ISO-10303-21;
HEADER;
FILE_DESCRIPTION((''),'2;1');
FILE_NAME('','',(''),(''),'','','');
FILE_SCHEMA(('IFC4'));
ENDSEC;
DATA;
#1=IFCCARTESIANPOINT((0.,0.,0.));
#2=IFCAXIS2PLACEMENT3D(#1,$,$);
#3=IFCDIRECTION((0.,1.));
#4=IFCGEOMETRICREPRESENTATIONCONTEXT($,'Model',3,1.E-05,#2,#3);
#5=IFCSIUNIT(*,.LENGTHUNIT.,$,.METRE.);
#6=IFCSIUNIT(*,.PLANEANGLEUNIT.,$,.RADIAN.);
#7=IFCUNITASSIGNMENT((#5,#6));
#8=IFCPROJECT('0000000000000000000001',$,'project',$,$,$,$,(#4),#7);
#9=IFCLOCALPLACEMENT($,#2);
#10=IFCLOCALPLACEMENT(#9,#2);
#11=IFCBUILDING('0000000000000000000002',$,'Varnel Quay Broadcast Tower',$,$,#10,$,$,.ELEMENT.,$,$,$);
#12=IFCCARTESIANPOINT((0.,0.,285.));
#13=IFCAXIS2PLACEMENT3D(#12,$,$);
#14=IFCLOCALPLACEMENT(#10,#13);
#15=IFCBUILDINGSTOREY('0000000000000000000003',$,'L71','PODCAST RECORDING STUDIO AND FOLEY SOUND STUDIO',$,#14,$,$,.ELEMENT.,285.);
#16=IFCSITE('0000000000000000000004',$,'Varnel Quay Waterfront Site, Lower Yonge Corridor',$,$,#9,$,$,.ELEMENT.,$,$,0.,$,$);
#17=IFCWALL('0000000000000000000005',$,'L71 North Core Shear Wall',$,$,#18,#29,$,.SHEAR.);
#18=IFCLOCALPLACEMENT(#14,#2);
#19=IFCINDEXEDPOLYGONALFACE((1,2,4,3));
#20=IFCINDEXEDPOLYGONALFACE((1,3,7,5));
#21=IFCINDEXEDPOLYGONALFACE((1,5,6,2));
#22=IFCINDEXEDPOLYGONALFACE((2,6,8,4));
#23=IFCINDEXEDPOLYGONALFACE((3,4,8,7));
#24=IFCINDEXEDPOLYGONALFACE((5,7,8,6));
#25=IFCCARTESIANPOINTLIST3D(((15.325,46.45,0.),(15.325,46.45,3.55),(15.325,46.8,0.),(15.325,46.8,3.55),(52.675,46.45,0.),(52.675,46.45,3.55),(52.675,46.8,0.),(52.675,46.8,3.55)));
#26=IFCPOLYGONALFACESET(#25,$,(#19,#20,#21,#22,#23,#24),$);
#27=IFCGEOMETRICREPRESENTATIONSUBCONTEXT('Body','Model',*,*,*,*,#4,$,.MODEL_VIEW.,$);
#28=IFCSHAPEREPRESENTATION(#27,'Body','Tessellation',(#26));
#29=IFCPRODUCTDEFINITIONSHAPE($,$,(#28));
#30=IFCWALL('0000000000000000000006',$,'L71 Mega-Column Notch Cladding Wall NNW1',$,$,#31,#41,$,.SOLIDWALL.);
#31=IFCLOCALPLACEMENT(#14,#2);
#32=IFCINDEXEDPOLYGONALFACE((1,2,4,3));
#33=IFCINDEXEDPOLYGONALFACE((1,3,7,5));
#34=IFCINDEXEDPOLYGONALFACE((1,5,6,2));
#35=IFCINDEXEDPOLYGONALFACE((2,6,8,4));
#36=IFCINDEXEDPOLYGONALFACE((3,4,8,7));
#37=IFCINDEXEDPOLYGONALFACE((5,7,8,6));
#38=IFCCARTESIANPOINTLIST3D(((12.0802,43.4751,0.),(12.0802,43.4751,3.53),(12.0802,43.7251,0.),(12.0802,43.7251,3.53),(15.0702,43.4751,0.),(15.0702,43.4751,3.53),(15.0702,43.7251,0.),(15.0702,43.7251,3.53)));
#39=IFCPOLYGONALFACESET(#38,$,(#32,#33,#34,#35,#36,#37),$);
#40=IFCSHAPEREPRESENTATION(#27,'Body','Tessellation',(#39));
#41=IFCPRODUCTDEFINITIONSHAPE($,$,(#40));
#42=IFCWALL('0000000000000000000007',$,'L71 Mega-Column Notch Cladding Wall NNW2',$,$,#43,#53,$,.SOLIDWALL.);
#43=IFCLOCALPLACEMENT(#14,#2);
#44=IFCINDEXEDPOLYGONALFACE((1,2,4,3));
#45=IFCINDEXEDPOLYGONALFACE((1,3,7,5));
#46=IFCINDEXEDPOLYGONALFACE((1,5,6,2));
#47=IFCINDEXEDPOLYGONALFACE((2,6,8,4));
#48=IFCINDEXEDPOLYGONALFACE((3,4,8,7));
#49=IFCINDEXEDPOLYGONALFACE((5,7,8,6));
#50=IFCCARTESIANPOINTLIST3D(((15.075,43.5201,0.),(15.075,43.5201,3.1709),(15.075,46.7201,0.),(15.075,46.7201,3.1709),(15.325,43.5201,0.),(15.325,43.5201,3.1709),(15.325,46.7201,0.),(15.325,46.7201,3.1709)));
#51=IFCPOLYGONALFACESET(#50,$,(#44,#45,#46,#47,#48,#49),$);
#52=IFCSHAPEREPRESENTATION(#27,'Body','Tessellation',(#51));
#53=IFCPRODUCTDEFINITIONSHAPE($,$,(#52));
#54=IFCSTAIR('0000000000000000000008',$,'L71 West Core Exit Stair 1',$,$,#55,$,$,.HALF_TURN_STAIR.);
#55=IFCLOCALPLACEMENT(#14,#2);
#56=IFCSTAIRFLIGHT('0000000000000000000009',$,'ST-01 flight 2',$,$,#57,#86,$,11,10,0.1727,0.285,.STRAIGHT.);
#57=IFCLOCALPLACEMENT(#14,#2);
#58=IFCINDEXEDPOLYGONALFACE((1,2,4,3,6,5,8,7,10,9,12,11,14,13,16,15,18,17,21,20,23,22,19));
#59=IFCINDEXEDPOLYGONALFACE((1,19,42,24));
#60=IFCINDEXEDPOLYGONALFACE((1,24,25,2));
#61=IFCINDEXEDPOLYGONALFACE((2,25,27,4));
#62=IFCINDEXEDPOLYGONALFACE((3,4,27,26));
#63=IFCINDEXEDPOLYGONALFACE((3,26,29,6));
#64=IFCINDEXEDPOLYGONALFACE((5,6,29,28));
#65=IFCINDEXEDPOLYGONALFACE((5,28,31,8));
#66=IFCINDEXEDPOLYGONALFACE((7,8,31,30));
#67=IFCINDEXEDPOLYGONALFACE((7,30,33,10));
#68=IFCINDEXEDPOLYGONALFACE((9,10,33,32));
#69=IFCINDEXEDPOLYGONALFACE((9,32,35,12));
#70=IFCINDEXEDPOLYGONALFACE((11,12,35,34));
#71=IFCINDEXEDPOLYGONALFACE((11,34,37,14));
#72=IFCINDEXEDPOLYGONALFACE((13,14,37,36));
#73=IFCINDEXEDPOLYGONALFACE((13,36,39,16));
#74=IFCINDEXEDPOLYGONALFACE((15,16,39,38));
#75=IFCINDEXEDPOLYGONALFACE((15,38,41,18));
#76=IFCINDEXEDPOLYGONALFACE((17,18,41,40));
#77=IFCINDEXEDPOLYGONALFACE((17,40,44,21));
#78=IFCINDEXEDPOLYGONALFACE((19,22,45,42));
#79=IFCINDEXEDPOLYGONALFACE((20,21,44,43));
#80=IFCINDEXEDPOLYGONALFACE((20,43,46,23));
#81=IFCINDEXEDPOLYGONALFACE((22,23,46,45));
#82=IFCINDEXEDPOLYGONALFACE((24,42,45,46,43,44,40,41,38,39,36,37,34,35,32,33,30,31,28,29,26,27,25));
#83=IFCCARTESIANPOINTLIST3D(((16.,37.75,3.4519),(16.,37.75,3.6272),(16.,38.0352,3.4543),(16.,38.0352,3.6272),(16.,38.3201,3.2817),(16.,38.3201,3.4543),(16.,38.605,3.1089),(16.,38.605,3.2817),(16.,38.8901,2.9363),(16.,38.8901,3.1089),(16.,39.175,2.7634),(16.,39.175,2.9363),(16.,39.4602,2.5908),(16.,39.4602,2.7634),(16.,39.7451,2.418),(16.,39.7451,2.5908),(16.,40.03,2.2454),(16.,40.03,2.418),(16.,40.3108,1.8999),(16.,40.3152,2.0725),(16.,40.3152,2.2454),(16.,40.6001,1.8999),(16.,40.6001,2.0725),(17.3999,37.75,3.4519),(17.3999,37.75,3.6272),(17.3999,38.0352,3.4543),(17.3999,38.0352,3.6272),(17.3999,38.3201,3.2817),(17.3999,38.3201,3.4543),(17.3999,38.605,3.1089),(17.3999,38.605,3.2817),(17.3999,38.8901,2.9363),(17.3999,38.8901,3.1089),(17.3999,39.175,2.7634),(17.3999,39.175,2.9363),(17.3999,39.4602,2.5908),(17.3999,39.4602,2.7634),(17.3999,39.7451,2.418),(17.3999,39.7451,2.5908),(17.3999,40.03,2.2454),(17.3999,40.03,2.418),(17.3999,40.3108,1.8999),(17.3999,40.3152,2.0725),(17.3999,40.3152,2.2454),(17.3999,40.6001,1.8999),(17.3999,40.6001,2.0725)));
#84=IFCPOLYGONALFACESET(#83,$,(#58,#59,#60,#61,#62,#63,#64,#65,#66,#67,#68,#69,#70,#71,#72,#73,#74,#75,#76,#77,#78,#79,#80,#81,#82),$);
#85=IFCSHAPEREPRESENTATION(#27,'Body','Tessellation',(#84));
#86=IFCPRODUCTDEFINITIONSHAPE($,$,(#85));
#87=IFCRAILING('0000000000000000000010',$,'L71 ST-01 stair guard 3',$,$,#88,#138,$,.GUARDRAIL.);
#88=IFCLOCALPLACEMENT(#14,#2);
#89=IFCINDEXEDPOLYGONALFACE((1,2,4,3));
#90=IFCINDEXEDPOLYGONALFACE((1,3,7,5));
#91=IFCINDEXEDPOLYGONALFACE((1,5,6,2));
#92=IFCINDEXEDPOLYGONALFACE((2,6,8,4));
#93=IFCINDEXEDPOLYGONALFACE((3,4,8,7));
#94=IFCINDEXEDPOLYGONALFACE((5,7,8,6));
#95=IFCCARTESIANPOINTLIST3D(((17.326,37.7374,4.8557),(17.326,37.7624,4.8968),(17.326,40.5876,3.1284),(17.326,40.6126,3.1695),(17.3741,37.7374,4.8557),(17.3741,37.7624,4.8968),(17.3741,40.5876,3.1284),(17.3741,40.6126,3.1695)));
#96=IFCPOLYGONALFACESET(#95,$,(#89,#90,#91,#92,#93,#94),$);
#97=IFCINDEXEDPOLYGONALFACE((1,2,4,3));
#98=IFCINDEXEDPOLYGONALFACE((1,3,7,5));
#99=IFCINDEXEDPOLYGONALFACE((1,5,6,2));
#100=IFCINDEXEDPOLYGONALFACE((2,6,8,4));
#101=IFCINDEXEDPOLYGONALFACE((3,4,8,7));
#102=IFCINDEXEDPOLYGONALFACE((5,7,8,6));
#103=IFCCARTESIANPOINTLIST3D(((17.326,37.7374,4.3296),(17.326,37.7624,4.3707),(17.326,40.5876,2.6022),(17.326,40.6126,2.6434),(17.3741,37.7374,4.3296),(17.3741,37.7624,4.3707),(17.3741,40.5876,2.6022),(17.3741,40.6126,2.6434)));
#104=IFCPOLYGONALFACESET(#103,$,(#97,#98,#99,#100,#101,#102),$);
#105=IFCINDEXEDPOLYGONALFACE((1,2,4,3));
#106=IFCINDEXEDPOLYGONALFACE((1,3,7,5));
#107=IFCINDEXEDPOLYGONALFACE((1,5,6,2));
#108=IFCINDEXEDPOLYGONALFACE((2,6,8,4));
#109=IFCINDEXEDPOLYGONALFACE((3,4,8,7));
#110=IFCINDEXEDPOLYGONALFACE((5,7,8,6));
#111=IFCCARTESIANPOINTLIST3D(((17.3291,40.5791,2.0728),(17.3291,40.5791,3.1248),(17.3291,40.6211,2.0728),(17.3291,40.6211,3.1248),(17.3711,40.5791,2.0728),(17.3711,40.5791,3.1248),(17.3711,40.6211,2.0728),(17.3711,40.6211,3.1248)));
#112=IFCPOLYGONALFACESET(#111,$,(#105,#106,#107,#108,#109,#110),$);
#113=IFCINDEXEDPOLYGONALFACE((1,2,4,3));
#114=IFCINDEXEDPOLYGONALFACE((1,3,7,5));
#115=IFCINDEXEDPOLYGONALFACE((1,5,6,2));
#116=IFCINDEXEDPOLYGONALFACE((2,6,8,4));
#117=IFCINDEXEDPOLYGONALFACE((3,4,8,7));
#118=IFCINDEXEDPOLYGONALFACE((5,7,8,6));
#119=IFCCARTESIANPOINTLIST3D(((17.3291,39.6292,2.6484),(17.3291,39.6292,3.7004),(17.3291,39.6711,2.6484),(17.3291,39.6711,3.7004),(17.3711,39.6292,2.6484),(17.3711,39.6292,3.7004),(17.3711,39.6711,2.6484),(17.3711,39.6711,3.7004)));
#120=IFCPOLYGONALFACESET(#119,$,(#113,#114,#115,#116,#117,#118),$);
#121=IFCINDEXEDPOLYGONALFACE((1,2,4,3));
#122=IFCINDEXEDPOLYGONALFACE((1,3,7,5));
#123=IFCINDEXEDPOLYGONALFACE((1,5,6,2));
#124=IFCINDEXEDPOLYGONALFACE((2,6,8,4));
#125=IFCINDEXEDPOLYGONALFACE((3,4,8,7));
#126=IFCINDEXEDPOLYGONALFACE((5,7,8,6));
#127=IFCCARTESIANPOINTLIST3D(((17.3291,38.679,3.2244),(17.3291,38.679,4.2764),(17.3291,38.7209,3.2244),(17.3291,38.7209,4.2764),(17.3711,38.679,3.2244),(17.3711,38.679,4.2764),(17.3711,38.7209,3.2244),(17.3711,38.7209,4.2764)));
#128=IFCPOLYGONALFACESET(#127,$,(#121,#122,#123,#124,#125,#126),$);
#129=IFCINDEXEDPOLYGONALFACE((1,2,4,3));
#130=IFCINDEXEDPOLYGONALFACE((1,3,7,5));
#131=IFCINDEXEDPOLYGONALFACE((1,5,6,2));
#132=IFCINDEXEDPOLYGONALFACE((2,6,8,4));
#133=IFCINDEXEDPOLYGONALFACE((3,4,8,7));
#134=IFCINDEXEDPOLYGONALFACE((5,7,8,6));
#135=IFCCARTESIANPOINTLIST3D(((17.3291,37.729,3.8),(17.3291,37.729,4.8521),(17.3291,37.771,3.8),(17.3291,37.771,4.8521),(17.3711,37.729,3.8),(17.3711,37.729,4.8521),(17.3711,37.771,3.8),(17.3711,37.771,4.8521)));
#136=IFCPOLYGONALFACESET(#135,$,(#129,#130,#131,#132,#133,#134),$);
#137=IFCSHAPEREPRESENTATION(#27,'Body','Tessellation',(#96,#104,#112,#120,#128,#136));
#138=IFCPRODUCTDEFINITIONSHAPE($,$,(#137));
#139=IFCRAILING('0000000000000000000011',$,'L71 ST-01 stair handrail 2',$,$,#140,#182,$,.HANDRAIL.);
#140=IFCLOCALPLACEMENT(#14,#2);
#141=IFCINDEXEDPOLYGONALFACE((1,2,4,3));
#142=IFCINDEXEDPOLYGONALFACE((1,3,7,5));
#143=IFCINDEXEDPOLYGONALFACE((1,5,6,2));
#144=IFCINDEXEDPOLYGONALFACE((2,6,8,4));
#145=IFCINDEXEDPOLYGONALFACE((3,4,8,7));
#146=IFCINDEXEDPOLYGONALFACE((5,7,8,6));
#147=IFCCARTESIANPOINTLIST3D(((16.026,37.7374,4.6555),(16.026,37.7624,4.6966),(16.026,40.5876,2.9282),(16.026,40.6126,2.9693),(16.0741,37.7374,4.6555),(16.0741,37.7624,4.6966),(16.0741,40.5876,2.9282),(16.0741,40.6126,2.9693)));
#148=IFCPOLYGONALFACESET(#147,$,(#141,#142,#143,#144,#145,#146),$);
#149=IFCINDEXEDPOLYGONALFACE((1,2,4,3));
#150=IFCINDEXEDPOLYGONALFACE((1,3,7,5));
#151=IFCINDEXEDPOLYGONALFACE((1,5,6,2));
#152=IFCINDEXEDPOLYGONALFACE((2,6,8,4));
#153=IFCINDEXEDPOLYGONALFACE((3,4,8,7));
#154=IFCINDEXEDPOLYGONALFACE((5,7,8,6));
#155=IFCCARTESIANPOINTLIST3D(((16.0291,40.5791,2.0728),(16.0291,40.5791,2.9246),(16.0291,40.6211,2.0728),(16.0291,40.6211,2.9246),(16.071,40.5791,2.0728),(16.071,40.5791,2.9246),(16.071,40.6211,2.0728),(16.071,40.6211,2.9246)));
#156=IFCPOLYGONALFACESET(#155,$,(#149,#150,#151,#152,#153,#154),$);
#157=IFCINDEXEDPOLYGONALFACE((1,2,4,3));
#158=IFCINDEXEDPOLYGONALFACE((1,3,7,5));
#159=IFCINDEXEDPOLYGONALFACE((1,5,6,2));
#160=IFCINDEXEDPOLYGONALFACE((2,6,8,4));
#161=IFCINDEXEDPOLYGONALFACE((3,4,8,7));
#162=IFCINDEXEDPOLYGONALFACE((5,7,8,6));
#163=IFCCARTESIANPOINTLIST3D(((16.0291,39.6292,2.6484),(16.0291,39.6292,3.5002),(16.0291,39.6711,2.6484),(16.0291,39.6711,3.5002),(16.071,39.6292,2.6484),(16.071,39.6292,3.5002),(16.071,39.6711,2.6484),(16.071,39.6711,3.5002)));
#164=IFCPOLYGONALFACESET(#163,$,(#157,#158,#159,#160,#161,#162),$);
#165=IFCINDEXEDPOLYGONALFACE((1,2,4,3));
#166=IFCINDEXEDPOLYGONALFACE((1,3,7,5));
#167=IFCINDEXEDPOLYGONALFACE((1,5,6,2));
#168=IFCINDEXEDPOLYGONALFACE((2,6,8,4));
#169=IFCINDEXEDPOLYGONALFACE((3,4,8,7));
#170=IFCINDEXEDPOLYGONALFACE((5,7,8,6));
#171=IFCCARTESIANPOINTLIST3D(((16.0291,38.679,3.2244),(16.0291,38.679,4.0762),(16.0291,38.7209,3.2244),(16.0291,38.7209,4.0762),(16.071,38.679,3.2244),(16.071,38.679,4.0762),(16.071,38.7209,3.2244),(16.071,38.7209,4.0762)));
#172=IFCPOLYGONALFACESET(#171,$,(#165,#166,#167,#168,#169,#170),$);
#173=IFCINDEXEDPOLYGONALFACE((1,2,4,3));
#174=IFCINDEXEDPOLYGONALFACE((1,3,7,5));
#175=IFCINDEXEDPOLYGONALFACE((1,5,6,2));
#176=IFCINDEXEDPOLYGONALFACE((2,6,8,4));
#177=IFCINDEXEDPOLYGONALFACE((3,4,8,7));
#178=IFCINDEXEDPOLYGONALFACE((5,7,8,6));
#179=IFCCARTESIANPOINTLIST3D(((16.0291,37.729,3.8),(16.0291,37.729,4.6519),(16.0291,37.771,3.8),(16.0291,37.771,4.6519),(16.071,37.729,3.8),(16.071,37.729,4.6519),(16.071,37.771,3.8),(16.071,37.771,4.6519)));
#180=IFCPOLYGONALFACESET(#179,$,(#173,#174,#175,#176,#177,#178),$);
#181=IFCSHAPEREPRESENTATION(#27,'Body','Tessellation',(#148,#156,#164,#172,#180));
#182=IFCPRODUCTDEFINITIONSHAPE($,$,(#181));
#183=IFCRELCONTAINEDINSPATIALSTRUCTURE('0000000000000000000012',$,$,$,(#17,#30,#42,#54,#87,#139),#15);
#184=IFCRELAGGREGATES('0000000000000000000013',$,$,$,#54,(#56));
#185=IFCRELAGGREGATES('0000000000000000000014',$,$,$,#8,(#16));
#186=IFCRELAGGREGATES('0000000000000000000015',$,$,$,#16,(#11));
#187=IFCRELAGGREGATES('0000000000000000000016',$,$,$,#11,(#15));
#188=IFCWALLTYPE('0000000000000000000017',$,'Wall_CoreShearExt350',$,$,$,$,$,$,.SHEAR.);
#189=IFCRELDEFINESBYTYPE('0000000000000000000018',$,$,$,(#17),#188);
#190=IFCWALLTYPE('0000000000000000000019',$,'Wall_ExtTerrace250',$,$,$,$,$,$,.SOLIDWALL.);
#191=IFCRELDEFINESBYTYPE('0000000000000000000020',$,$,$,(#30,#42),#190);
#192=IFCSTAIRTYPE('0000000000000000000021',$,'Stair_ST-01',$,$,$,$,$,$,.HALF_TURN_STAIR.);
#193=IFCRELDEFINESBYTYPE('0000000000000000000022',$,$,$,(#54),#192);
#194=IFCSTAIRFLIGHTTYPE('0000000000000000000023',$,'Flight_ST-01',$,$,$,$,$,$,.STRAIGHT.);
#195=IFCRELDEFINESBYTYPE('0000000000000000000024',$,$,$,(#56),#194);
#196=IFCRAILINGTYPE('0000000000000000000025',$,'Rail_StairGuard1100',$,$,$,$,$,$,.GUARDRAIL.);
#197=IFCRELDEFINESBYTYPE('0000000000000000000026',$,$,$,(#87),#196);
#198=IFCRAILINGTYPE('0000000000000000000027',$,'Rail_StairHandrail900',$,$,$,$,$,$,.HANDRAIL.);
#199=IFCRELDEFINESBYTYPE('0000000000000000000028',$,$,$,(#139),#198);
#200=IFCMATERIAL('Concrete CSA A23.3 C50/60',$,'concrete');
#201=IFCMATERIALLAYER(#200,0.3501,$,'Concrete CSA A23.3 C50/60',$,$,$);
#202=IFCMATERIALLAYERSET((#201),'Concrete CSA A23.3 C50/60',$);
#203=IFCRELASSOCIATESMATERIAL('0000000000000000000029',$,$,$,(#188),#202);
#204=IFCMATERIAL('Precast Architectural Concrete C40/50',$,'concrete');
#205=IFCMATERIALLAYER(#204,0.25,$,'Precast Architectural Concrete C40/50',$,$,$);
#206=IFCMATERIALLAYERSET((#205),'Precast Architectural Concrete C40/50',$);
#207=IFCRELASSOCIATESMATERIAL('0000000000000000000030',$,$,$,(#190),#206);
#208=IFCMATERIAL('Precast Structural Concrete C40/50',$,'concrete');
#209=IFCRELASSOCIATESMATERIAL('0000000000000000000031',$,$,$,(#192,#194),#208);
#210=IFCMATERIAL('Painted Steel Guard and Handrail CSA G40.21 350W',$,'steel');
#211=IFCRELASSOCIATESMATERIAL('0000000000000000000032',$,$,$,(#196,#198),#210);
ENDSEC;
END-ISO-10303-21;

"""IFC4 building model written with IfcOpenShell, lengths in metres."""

from ifc_helpers import new_model, si_unit, direction, frame, frame_2d, origin, origin_2d, place, context, subcontext, project, spatial, polyline, rectangle, outline, extrude, material, layer, layer_set, type_object, element, aggregate, save


model = new_model("IFC4")

# Units and contexts
model_context = context("Model", 3, precision=1e-05, world=origin(), true_north=direction((0.0, 1.0)))
body_context = subcontext(model_context, "Body", "Model", "MODEL_VIEW")
ifc_project = project(units=[si_unit("LENGTHUNIT", "METRE"), si_unit("PLANEANGLEUNIT", "RADIAN")], contexts=[model_context])

# Site, building, storey
site_placement = place(None, origin())
site = spatial("IfcSite", under=ifc_project, at=site_placement, Name="Varnel Quay Waterfront Site, Lower Yonge Corridor", CompositionType="ELEMENT", RefElevation=0.0)
building_placement = place(site_placement, origin())
building = spatial("IfcBuilding", under=site, at=building_placement, Name="Varnel Quay Broadcast Tower", CompositionType="ELEMENT")
storey_placement = place(building_placement, frame((0.0, 0.0, 285.0)))
storey = spatial("IfcBuildingStorey", under=building, at=storey_placement, Name="L71", Description="PODCAST RECORDING STUDIO AND FOLEY SOUND STUDIO", CompositionType="ELEMENT", Elevation=285.0)

# Walls
ifc_material_1 = material(Name="Concrete CSA A23.3 C50/60", Category="concrete")
ifc_layer_1 = layer(ifc_material_1, 0.3501, Name="Concrete CSA A23.3 C50/60")
ifc_layer_set_1 = layer_set([ifc_layer_1], Name="Concrete CSA A23.3 C50/60")
wall_type_1 = type_object("IfcWallType", Name="Wall_CoreShearExt350", PredefinedType="SHEAR", material=ifc_layer_set_1)
wall_1_placement = place(storey_placement, frame((15.325, 46.625, 0.0), z_axis=(0.0, 0.0, 1.0), x_axis=(1.0, 0.0, 0.0)))
element("IfcWall", 1, at=wall_1_placement, inside=storey, type_object=wall_type_1, Name="L71 North Core Shear Wall", PredefinedType="SHEAR", context=body_context, shape_type="SweptSolid", body=[
    extrude(rectangle(XDim=37.3501, YDim=0.3501, at=frame_2d((18.675, 0.0))), origin(), (0.0, 0.0, 1.0), 3.55),
])
ifc_material_2 = material(Name="Precast Architectural Concrete C40/50", Category="concrete")
ifc_layer_2 = layer(ifc_material_2, 0.25, Name="Precast Architectural Concrete C40/50")
ifc_layer_set_2 = layer_set([ifc_layer_2], Name="Precast Architectural Concrete C40/50")
wall_type_2 = type_object("IfcWallType", Name="Wall_ExtTerrace250", PredefinedType="SOLIDWALL", material=ifc_layer_set_2)
wall_2_placement = place(storey_placement, frame((12.0801, 43.6001, 0.0), z_axis=(0.0, 0.0, 1.0), x_axis=(1.0, 0.0, 0.0)))
element("IfcWall", 2, at=wall_2_placement, inside=storey, type_object=wall_type_2, Name="L71 Mega-Column Notch Cladding Wall NNW1", PredefinedType="SOLIDWALL", context=body_context, shape_type="SweptSolid", body=[
    extrude(rectangle(XDim=2.99, YDim=0.25, at=frame_2d((1.4951, 0.0))), origin(), (0.0, 0.0, 1.0), 3.53),
])
wall_3_placement = place(storey_placement, frame((15.2, 43.52, 0.0), z_axis=(0.0, 0.0, 1.0), x_axis=(0.0, 1.0, 0.0)))
element("IfcWall", 3, at=wall_3_placement, inside=storey, type_object=wall_type_2, Name="L71 Mega-Column Notch Cladding Wall NNW2", PredefinedType="SOLIDWALL", context=body_context, shape_type="SweptSolid", body=[
    extrude(rectangle(XDim=3.2, YDim=0.25, at=frame_2d((1.6001, 0.0))), origin(), (0.0, 0.0, 1.0), 3.1709),
])

# Stair, stair flight
ifc_material_3 = material(Name="Precast Structural Concrete C40/50", Category="concrete")
stair_type = type_object("IfcStairType", Name="Stair_ST-01", PredefinedType="HALF_TURN_STAIR", material=ifc_material_3)
stair_placement = place(storey_placement, origin())
stair = element("IfcStair", 4, at=stair_placement, inside=storey, type_object=stair_type, Name="L71 West Core Exit Stair 1", PredefinedType="HALF_TURN_STAIR")
stair_flight_type = type_object("IfcStairFlightType", Name="Flight_ST-01", PredefinedType="STRAIGHT", material=ifc_material_3)
stair_flight_placement = place(storey_placement, frame((16.7, 40.6001, 1.8999), z_axis=(0.0, 0.0, 1.0), x_axis=(0.0, -1.0, 0.0)))
stair_flight = element("IfcStairFlight", 5, at=stair_flight_placement, type_object=stair_flight_type, Name="ST-01 flight 2", NumberOfRisers=11, NumberOfTreads=10, PredefinedType="STRAIGHT", RiserHeight=0.1727, TreadLength=0.285, context=body_context, shape_type="SweptSolid", body=[
    extrude(outline(polyline([(0.0, 0.0), (0.0, 0.1726), (0.2849, 0.1726), (0.2849, 0.3455), (0.5701, 0.3455), (0.5701, 0.5181), (0.855, 0.5181), (0.855, 0.6909), (1.1399, 0.6909), (1.1399, 0.8635), (1.425, 0.8635), (1.425, 1.0364), (1.71, 1.0364), (1.71, 1.209), (1.9951, 1.209), (1.9951, 1.3818), (2.28, 1.3818), (2.28, 1.5544), (2.5649, 1.5544), (2.5649, 1.7273), (2.8501, 1.7273), (2.8501, 1.8999), (2.8501, 1.552), (0.2893, 0.0), (0.0, 0.0)])), frame((0.0, 0.7, 0.0), z_axis=(0.0, -1.0, 0.0), x_axis=(1.0, 0.0, 0.0)), (0.0, 0.0, 1.0), 1.3999),
])
aggregate(stair, [stair_flight])

# Railings
ifc_material_4 = material(Name="Painted Steel Guard and Handrail CSA G40.21 350W", Category="steel")
railing_type_1 = type_object("IfcRailingType", Name="Rail_StairGuard1100", PredefinedType="GUARDRAIL", material=ifc_material_4)
railing_1_placement = place(storey_placement, frame((17.3501, 40.6001, 2.0728)))
element("IfcRailing", 6, at=railing_1_placement, inside=storey, type_object=railing_type_1, Name="L71 ST-01 stair guard 3", PredefinedType="GUARDRAIL", context=body_context, shape_type="SweptSolid", body=[
    extrude(rectangle(XDim=0.0481, YDim=0.0481, at=origin_2d()), frame((0.0, 0.0, 1.0762), z_axis=(0.0, -0.855203, 0.518294), x_axis=(1.0, 0.0, 0.0)), (0.0, 0.0, 1.0), 3.3328),
    extrude(rectangle(XDim=0.0481, YDim=0.0481, at=origin_2d()), frame((0.0, 0.0, 0.55), z_axis=(0.0, -0.855203, 0.518294), x_axis=(1.0, 0.0, 0.0)), (0.0, 0.0, 1.0), 3.3328),
    extrude(rectangle(XDim=0.042, YDim=0.042, at=origin_2d()), origin(), (0.0, 0.0, 1.0), 1.052),
    extrude(rectangle(XDim=0.042, YDim=0.042, at=origin_2d()), frame((0.0, -0.95, 0.5757)), (0.0, 0.0, 1.0), 1.052),
    extrude(rectangle(XDim=0.042, YDim=0.042, at=origin_2d()), frame((0.0, -1.9001, 1.1516)), (0.0, 0.0, 1.0), 1.052),
    extrude(rectangle(XDim=0.042, YDim=0.042, at=origin_2d()), frame((0.0, -2.8501, 1.7273)), (0.0, 0.0, 1.0), 1.052),
])
railing_type_2 = type_object("IfcRailingType", Name="Rail_StairHandrail900", PredefinedType="HANDRAIL", material=ifc_material_4)
railing_2_placement = place(storey_placement, frame((16.05, 40.6001, 2.0728)))
element("IfcRailing", 7, at=railing_2_placement, inside=storey, type_object=railing_type_2, Name="L71 ST-01 stair handrail 2", PredefinedType="HANDRAIL", context=body_context, shape_type="SweptSolid", body=[
    extrude(rectangle(XDim=0.0481, YDim=0.0481, at=origin_2d()), frame((0.0, 0.0, 0.876), z_axis=(0.0, -0.855203, 0.518294), x_axis=(1.0, 0.0, 0.0)), (0.0, 0.0, 1.0), 3.3328),
    extrude(rectangle(XDim=0.042, YDim=0.042, at=origin_2d()), origin(), (0.0, 0.0, 1.0), 0.8518),
    extrude(rectangle(XDim=0.042, YDim=0.042, at=origin_2d()), frame((0.0, -0.95, 0.5757)), (0.0, 0.0, 1.0), 0.8518),
    extrude(rectangle(XDim=0.042, YDim=0.042, at=origin_2d()), frame((0.0, -1.9001, 1.1516)), (0.0, 0.0, 1.0), 0.8518),
    extrude(rectangle(XDim=0.042, YDim=0.042, at=origin_2d()), frame((0.0, -2.8501, 1.7273)), (0.0, 0.0, 1.0), 0.8518),
])

save(model, "model.ifc")
